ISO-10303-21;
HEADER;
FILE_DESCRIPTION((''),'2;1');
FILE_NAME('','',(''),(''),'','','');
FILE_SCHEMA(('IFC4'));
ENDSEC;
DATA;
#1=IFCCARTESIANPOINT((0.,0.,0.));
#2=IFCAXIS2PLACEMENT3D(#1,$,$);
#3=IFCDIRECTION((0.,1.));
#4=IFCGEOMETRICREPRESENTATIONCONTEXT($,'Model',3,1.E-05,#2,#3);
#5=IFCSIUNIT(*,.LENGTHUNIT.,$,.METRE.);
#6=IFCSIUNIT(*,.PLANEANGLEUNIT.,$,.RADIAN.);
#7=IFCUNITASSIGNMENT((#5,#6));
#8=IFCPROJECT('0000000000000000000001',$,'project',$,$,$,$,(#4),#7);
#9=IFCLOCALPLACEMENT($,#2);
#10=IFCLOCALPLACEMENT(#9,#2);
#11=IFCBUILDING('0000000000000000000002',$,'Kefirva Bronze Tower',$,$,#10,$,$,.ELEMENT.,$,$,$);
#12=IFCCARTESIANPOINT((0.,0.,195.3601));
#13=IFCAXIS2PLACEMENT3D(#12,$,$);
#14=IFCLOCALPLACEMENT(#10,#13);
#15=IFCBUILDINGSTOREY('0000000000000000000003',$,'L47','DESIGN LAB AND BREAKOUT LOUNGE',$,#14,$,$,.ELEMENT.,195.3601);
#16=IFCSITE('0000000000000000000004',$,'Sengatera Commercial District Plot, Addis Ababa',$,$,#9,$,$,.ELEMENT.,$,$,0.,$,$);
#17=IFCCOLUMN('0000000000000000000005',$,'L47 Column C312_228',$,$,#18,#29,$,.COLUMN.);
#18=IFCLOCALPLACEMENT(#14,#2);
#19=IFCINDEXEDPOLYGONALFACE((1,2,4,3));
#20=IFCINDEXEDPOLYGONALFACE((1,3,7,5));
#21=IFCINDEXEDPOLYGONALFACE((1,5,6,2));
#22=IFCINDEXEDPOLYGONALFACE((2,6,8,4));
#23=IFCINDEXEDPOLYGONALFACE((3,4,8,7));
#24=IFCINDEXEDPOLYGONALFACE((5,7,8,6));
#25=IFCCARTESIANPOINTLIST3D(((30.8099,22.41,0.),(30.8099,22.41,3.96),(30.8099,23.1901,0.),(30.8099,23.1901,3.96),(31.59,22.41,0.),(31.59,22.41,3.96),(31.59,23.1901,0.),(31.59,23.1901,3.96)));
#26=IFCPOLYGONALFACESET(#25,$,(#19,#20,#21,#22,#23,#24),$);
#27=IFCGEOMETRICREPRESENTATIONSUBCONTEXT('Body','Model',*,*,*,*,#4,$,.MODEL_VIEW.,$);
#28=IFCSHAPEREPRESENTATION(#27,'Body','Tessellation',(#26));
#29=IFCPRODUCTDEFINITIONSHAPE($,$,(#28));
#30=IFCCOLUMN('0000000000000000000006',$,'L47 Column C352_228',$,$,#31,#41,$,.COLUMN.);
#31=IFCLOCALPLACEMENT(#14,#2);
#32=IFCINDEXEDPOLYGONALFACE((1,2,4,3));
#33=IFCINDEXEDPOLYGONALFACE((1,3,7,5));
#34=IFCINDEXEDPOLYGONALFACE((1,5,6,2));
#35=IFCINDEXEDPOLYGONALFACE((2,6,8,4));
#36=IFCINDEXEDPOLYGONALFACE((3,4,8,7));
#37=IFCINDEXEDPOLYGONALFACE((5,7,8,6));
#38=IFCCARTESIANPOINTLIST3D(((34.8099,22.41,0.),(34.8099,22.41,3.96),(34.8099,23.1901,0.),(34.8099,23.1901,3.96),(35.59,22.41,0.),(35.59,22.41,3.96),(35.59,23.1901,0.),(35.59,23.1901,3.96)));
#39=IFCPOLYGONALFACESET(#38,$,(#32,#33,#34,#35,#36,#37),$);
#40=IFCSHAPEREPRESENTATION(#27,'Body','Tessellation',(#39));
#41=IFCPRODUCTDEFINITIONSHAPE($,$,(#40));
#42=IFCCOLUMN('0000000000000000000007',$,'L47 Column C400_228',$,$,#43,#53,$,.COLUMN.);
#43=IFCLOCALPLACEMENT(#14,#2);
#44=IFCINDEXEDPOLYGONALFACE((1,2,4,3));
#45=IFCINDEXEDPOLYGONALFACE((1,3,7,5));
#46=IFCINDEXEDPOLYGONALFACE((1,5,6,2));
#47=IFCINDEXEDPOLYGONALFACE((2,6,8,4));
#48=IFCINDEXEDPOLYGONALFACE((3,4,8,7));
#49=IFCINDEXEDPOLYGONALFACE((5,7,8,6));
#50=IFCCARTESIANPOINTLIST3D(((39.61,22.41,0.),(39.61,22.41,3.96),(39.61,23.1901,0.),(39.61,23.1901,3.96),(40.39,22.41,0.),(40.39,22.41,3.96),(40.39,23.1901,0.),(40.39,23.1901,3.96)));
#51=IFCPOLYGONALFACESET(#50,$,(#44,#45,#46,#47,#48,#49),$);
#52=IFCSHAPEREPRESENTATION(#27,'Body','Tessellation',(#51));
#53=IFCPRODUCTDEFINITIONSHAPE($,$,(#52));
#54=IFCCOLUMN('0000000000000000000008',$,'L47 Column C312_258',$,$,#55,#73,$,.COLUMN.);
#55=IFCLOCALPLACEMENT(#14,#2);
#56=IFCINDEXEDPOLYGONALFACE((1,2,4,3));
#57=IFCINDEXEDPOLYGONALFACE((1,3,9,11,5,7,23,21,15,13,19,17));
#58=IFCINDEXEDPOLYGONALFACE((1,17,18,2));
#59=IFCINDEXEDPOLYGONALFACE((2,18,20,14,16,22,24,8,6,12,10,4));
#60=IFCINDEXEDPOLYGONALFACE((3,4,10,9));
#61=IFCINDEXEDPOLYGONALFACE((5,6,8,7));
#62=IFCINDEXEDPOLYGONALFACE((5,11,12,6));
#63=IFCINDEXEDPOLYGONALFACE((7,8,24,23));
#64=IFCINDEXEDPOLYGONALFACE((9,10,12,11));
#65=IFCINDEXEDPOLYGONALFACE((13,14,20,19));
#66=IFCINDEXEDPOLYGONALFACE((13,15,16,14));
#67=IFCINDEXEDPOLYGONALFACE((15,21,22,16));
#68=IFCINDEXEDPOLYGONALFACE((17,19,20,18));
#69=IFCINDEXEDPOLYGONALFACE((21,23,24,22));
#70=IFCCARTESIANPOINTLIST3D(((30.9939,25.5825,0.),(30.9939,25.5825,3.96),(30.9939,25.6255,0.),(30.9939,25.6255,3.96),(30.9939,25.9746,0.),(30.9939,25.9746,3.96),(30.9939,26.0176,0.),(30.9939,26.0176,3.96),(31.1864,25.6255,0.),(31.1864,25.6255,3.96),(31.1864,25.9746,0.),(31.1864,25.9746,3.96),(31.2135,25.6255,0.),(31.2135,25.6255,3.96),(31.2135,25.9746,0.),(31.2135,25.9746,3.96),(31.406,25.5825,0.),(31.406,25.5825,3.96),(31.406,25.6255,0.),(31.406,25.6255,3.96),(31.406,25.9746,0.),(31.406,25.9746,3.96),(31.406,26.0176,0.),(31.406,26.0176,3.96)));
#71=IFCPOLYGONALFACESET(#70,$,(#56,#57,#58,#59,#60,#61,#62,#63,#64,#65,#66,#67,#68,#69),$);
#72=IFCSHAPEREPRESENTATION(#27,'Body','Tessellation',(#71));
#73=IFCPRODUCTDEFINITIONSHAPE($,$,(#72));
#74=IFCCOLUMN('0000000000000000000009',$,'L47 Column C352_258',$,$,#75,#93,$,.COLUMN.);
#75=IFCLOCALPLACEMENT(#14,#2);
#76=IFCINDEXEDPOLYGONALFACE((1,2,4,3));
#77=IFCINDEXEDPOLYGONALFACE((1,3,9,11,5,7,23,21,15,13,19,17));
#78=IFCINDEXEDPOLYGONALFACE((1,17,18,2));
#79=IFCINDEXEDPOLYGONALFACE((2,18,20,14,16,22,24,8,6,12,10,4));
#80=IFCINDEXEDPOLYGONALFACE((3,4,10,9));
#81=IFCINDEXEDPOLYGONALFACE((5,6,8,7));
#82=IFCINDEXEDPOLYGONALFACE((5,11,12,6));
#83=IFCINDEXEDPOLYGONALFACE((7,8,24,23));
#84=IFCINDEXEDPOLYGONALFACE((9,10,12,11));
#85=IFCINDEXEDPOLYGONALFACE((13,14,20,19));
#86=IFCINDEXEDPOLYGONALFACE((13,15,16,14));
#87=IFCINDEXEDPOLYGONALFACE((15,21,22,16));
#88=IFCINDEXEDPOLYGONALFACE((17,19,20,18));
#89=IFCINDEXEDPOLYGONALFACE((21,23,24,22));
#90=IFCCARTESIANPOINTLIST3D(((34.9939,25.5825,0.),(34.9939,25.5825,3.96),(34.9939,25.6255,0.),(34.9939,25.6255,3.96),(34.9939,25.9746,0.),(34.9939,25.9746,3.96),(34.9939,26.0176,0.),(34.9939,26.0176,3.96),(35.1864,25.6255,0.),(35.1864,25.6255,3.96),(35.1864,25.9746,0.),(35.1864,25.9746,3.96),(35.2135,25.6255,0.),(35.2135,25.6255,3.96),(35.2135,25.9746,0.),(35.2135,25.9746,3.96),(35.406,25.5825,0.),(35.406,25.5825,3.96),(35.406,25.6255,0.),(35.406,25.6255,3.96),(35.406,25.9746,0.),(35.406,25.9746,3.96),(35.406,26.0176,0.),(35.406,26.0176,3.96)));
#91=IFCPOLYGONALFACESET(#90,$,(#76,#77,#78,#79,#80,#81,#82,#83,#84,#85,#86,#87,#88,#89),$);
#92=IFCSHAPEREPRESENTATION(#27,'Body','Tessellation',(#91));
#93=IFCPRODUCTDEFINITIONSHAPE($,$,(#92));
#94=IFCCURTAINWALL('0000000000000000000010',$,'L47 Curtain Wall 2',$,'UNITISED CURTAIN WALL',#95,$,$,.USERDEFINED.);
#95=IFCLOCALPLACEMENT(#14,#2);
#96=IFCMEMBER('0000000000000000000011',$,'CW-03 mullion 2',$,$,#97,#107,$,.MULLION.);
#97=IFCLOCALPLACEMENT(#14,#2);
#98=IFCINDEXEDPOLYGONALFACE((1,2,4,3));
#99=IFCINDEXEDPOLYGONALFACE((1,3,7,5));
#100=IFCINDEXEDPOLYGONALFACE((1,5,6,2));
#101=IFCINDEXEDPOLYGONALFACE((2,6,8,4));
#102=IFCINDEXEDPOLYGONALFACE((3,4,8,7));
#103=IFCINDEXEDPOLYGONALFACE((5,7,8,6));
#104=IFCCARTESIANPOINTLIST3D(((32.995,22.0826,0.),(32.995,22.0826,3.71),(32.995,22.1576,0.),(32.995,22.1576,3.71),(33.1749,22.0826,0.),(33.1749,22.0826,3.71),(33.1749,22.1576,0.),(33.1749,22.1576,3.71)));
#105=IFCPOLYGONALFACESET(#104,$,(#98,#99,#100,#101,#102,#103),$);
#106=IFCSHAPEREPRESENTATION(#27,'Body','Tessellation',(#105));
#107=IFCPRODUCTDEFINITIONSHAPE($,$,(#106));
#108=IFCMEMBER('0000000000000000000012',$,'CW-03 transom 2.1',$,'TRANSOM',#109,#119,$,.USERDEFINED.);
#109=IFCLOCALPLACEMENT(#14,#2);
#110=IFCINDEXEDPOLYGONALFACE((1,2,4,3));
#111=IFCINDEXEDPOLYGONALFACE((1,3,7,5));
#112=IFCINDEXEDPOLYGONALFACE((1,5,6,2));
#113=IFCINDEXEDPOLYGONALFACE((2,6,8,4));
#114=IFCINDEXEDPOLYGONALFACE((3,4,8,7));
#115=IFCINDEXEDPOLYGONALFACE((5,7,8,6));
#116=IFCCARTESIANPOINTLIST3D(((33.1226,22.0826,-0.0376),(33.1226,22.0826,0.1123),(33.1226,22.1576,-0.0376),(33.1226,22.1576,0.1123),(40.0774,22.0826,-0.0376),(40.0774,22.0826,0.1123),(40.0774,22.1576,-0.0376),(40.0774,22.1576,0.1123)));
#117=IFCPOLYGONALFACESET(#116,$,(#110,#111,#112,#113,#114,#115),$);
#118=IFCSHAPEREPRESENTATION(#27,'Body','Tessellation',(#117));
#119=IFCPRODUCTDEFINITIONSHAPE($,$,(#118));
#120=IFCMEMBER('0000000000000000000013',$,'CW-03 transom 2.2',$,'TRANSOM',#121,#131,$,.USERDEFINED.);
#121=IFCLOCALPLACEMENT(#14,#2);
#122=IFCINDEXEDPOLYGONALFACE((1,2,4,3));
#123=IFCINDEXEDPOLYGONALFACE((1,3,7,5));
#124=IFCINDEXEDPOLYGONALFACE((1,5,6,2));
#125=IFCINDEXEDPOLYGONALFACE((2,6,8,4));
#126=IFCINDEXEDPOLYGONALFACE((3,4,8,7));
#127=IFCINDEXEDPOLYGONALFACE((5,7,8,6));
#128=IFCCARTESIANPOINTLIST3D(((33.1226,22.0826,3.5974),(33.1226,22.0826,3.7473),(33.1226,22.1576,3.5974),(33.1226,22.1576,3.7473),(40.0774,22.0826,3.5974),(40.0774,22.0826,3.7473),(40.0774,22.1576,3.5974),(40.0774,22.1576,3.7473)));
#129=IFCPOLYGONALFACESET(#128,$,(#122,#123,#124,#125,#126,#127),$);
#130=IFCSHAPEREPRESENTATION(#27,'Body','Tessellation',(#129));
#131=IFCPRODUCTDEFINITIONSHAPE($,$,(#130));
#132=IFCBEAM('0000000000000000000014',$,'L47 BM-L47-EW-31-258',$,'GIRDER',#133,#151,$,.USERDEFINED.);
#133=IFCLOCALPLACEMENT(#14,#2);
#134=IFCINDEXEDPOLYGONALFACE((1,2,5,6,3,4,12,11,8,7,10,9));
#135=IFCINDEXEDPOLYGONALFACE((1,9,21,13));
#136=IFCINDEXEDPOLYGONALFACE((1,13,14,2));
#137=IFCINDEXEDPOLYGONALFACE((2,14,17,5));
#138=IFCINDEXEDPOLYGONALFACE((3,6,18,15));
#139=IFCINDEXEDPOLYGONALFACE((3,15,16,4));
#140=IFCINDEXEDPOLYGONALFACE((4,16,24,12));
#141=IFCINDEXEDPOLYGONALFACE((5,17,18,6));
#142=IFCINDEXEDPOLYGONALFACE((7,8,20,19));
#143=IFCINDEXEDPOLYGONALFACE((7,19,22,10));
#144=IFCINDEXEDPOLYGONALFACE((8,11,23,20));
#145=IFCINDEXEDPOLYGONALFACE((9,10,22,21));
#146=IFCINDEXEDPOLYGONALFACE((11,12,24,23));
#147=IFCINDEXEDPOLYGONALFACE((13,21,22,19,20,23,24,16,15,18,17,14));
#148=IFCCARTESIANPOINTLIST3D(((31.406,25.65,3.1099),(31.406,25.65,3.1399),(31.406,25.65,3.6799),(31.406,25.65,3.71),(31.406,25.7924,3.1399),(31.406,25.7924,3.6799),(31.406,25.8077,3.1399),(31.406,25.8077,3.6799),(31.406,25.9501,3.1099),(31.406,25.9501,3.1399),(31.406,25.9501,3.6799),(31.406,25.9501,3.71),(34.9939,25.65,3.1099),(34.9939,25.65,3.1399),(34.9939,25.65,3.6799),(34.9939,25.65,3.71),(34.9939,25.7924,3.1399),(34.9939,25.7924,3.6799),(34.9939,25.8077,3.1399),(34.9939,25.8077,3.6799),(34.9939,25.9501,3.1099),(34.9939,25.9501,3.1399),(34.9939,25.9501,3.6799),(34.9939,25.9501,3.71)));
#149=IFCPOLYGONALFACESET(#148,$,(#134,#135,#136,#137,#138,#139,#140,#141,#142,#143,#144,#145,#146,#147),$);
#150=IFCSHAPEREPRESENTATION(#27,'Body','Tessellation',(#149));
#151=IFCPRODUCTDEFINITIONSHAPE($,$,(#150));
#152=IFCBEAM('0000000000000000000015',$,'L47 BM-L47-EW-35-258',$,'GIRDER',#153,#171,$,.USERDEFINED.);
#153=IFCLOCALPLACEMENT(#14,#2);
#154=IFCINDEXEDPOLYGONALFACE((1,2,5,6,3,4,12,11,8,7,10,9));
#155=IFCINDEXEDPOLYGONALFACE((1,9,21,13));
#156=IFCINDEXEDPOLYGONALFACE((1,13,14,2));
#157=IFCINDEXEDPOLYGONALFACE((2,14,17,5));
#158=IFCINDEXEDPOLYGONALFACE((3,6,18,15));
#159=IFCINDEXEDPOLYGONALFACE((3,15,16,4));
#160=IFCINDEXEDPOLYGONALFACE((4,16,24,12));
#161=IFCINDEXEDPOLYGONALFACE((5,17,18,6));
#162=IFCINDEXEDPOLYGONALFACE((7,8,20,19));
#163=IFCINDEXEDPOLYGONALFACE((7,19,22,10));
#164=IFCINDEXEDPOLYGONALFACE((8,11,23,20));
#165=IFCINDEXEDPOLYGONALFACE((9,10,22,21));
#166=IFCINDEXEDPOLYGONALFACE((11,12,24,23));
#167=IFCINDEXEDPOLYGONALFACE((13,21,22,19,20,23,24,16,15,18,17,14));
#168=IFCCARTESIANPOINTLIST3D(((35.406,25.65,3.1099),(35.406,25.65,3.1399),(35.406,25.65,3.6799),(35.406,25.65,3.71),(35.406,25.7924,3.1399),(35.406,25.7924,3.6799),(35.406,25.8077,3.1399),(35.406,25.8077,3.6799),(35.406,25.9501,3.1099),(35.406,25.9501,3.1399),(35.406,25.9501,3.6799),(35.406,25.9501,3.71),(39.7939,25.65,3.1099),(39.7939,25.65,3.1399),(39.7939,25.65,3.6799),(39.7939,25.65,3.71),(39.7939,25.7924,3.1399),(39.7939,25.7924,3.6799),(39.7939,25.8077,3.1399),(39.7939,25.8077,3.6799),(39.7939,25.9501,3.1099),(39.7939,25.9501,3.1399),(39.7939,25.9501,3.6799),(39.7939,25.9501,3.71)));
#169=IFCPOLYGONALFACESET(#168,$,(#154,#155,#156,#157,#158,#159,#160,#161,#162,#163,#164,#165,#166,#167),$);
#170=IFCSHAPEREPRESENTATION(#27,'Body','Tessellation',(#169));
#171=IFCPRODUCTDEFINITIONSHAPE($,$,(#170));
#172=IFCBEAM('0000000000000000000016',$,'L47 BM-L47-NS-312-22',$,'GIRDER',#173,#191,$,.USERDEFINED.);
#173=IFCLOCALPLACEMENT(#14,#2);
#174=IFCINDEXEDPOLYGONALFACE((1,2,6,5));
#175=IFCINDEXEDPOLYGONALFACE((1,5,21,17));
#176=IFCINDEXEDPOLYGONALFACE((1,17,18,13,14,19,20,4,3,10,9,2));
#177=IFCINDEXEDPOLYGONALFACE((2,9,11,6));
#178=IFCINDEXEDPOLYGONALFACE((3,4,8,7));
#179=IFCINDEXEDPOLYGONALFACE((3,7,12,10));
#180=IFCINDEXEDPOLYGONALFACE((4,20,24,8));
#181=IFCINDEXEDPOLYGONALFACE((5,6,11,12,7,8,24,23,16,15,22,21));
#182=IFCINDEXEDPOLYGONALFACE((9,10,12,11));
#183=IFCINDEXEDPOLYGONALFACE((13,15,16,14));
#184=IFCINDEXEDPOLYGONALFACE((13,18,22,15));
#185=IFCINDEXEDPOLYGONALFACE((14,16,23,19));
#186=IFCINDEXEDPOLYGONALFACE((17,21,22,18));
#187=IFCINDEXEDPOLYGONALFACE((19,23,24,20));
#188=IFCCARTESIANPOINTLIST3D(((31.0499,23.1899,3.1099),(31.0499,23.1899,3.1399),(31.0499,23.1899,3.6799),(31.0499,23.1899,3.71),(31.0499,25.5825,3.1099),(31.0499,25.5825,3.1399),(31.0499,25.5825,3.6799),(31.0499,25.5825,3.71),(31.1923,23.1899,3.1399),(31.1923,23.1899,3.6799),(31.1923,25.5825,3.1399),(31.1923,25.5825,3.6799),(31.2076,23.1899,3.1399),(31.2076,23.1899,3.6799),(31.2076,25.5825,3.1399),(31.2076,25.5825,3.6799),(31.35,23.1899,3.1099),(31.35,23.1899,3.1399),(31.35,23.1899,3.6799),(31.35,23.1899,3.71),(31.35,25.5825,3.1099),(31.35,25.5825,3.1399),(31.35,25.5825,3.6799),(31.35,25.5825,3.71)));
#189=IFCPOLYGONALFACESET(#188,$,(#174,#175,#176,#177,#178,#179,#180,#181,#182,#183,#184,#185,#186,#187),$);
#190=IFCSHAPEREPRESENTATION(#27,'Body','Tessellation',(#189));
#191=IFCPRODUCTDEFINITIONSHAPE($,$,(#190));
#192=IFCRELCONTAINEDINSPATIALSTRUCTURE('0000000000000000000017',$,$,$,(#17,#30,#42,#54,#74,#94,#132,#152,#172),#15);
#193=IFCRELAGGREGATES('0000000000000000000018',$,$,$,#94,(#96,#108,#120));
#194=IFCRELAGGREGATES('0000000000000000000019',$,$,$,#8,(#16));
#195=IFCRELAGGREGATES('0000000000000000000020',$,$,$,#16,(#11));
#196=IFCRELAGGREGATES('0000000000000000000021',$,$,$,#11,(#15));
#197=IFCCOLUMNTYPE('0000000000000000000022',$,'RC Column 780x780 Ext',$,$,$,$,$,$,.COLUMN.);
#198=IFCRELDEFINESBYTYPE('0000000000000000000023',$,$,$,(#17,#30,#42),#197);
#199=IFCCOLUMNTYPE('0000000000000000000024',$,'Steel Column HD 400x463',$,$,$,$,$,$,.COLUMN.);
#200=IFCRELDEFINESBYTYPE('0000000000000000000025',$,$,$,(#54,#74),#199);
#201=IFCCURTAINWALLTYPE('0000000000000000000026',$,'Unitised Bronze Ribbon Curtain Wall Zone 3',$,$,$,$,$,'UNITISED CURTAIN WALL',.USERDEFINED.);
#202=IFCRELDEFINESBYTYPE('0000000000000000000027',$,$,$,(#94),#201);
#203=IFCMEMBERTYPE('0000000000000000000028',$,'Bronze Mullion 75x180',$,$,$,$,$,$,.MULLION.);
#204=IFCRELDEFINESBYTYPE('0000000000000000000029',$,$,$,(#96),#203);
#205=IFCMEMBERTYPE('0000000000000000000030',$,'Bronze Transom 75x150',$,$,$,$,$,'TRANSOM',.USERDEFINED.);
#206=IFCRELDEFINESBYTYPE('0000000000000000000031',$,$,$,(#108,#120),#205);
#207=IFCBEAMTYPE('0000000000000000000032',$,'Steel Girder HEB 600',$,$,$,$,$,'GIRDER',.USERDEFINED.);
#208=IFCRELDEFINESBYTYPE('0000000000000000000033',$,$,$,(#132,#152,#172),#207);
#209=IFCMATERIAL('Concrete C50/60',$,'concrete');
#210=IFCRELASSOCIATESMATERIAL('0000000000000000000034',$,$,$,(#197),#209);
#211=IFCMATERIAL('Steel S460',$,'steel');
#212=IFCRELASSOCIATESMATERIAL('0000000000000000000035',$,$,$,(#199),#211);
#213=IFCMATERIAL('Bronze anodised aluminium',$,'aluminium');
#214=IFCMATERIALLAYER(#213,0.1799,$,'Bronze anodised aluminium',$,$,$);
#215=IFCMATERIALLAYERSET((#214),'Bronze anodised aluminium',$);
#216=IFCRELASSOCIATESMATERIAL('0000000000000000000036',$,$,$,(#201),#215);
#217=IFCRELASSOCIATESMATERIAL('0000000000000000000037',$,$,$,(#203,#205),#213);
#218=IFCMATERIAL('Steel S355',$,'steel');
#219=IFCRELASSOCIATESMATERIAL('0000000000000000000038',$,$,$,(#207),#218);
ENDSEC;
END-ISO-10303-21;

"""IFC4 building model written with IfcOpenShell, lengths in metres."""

from ifc_helpers import new_model, si_unit, direction, frame, origin, origin_2d, place, context, subcontext, project, spatial, rectangle, i_section, extrude, material, layer, layer_set, material_profile, profile_set, type_object, element, aggregate, save


model = new_model("IFC4")

# Units and contexts
model_context = context("Model", 3, precision=1e-05, world=origin(), true_north=direction((0.0, 1.0)))
body_context = subcontext(model_context, "Body", "Model", "MODEL_VIEW")
ifc_project = project(units=[si_unit("LENGTHUNIT", "METRE"), si_unit("PLANEANGLEUNIT", "RADIAN")], contexts=[model_context])

# Site, building, storey
site_placement = place(None, origin())
site = spatial("IfcSite", under=ifc_project, at=site_placement, Name="Sengatera Commercial District Plot, Addis Ababa", CompositionType="ELEMENT", RefElevation=0.0)
building_placement = place(site_placement, origin())
building = spatial("IfcBuilding", under=site, at=building_placement, Name="Kefirva Bronze Tower", CompositionType="ELEMENT")
storey_placement = place(building_placement, frame((0.0, 0.0, 195.3601)))
storey = spatial("IfcBuildingStorey", under=building, at=storey_placement, Name="L47", Description="DESIGN LAB AND BREAKOUT LOUNGE", CompositionType="ELEMENT", Elevation=195.3601)

# Columns
ifc_material_1 = material(Name="Concrete C50/60", Category="concrete")
ifc_material_profile_1 = material_profile(ifc_material_1, rectangle(XDim=0.78, YDim=0.78, at=origin_2d()), Name="RC 780x780")
ifc_profile_set_1 = profile_set([ifc_material_profile_1], Name="Concrete C50/60")
column_type_1 = type_object("IfcColumnType", Name="RC Column 780x780 Ext", PredefinedType="COLUMN", material=ifc_profile_set_1)
for number, where, z_axis, x_axis, name in (
    (1, (31.2, 22.8, 0.0), (0.0, 0.0, 1.0), (1.0, 0.0, 0.0), "L47 Column C312_228"),
    (2, (35.2, 22.8, 0.0), (0.0, 0.0, 1.0), (1.0, 0.0, 0.0), "L47 Column C352_228"),
    (3, (40.0, 22.8, 0.0), (0.0, 0.0, 1.0), (1.0, 0.0, 0.0), "L47 Column C400_228"),
):
    element("IfcColumn", number, at=place(storey_placement, frame(where, z_axis=z_axis, x_axis=x_axis)), inside=storey, type_object=column_type_1, Name=name, PredefinedType="COLUMN", context=body_context, shape_type="SweptSolid", body=[
        extrude(rectangle(XDim=0.78, YDim=0.78, at=origin_2d()), origin(), (0.0, 0.0, 1.0), 3.96),
    ])
ifc_material_2 = material(Name="Steel S460", Category="steel")
ifc_material_profile_2 = material_profile(ifc_material_2, i_section(OverallWidth=0.4121, OverallDepth=0.4351, WebThickness=0.0271, FlangeThickness=0.043, at=origin_2d()), Name="HD 400x463")
ifc_profile_set_2 = profile_set([ifc_material_profile_2], Name="Steel S460")
column_type_2 = type_object("IfcColumnType", Name="Steel Column HD 400x463", PredefinedType="COLUMN", material=ifc_profile_set_2)
for number, where, z_axis, x_axis, name in (
    (4, (31.2, 25.8, 0.0), (0.0, 0.0, 1.0), (1.0, 0.0, 0.0), "L47 Column C312_258"),
    (5, (35.2, 25.8, 0.0), (0.0, 0.0, 1.0), (1.0, 0.0, 0.0), "L47 Column C352_258"),
):
    element("IfcColumn", number, at=place(storey_placement, frame(where, z_axis=z_axis, x_axis=x_axis)), inside=storey, type_object=column_type_2, Name=name, PredefinedType="COLUMN", context=body_context, shape_type="SweptSolid", body=[
        extrude(i_section(OverallWidth=0.4121, OverallDepth=0.4351, WebThickness=0.0271, FlangeThickness=0.043, at=origin_2d()), origin(), (0.0, 0.0, 1.0), 3.96),
    ])

# Curtain wall, members
ifc_material_3 = material(Name="Bronze anodised aluminium", Category="aluminium")
ifc_layer_1 = layer(ifc_material_3, 0.1799, Name="Bronze anodised aluminium")
ifc_layer_set_1 = layer_set([ifc_layer_1], Name="Bronze anodised aluminium")
curtain_wall_type = type_object("IfcCurtainWallType", Name="Unitised Bronze Ribbon Curtain Wall Zone 3", ElementType="UNITISED CURTAIN WALL", PredefinedType="USERDEFINED", material=ifc_layer_set_1)
curtain_wall_placement = place(storey_placement, origin())
curtain_wall = element("IfcCurtainWall", 6, at=curtain_wall_placement, inside=storey, type_object=curtain_wall_type, Name="L47 Curtain Wall 2", ObjectType="UNITISED CURTAIN WALL", PredefinedType="USERDEFINED")
ifc_material_profile_3 = material_profile(ifc_material_3, rectangle(XDim=0.075, YDim=0.1799, at=origin_2d()), Name="ALU 75x180")
ifc_profile_set_3 = profile_set([ifc_material_profile_3], Name="Bronze anodised aluminium")
member_type_1 = type_object("IfcMemberType", Name="Bronze Mullion 75x180", PredefinedType="MULLION", material=ifc_profile_set_3)
member_1_placement = place(storey_placement, frame((33.085, 22.1201, 0.0), z_axis=(0.0, 0.0, 1.0), x_axis=(0.0, 1.0, 0.0)))
member_1 = element("IfcMember", 7, at=member_1_placement, type_object=member_type_1, Name="CW-03 mullion 2", PredefinedType="MULLION", context=body_context, shape_type="SweptSolid", body=[
    extrude(rectangle(XDim=0.075, YDim=0.1799, at=origin_2d()), origin(), (0.0, 0.0, 1.0), 3.71),
])
ifc_material_profile_4 = material_profile(ifc_material_3, rectangle(XDim=0.075, YDim=0.1499, at=origin_2d()), Name="ALU 75x150")
ifc_profile_set_4 = profile_set([ifc_material_profile_4], Name="Bronze anodised aluminium")
member_type_2 = type_object("IfcMemberType", Name="Bronze Transom 75x150", ElementType="TRANSOM", PredefinedType="USERDEFINED", material=ifc_profile_set_4)
member_2_placement = place(storey_placement, frame((33.1226, 22.1201, 0.0374), z_axis=(1.0, 0.0, 0.0), x_axis=(0.0, 1.0, 0.0)))
member_2 = element("IfcMember", 8, at=member_2_placement, type_object=member_type_2, Name="CW-03 transom 2.1", ObjectType="TRANSOM", PredefinedType="USERDEFINED", context=body_context, shape_type="SweptSolid", body=[
    extrude(rectangle(XDim=0.075, YDim=0.1499, at=origin_2d()), origin(), (0.0, 0.0, 1.0), 6.9548),
])
member_3_placement = place(storey_placement, frame((33.1226, 22.1201, 3.6724), z_axis=(1.0, 0.0, 0.0), x_axis=(0.0, 1.0, 0.0)))
member_3 = element("IfcMember", 9, at=member_3_placement, type_object=member_type_2, Name="CW-03 transom 2.2", ObjectType="TRANSOM", PredefinedType="USERDEFINED", context=body_context, shape_type="SweptSolid", body=[
    extrude(rectangle(XDim=0.075, YDim=0.1499, at=origin_2d()), origin(), (0.0, 0.0, 1.0), 6.9548),
])

# Beams
ifc_material_4 = material(Name="Steel S355", Category="steel")
ifc_material_profile_5 = material_profile(ifc_material_4, i_section(OverallWidth=0.3, OverallDepth=0.6001, WebThickness=0.0154, FlangeThickness=0.03, at=origin_2d()), Name="HEB 600")
ifc_profile_set_5 = profile_set([ifc_material_profile_5], Name="Steel S355")
beam_type_1 = type_object("IfcBeamType", Name="Steel Girder HEB 600", ElementType="GIRDER", PredefinedType="USERDEFINED", material=ifc_profile_set_5)
beam_1_placement = place(storey_placement, frame((31.406, 25.8, 3.4099), z_axis=(1.0, 0.0, 0.0), x_axis=(0.0, 1.0, 0.0)))
element("IfcBeam", 10, at=beam_1_placement, inside=storey, type_object=beam_type_1, Name="L47 BM-L47-EW-31-258", ObjectType="GIRDER", PredefinedType="USERDEFINED", context=body_context, shape_type="SweptSolid", body=[
    extrude(i_section(OverallWidth=0.3, OverallDepth=0.6001, WebThickness=0.0154, FlangeThickness=0.03, at=origin_2d()), origin(), (0.0, 0.0, 1.0), 3.5879),
])
beam_2_placement = place(storey_placement, frame((35.406, 25.8, 3.4099), z_axis=(1.0, 0.0, 0.0), x_axis=(0.0, 1.0, 0.0)))
element("IfcBeam", 11, at=beam_2_placement, inside=storey, type_object=beam_type_1, Name="L47 BM-L47-EW-35-258", ObjectType="GIRDER", PredefinedType="USERDEFINED", context=body_context, shape_type="SweptSolid", body=[
    extrude(i_section(OverallWidth=0.3, OverallDepth=0.6001, WebThickness=0.0154, FlangeThickness=0.03, at=origin_2d()), origin(), (0.0, 0.0, 1.0), 4.3879),
])
beam_3_placement = place(storey_placement, frame((31.2, 23.1899, 3.4099), z_axis=(0.0, 1.0, 0.0), x_axis=(-1.0, 0.0, 0.0)))
element("IfcBeam", 12, at=beam_3_placement, inside=storey, type_object=beam_type_1, Name="L47 BM-L47-NS-312-22", ObjectType="GIRDER", PredefinedType="USERDEFINED", context=body_context, shape_type="SweptSolid", body=[
    extrude(i_section(OverallWidth=0.3, OverallDepth=0.6001, WebThickness=0.0154, FlangeThickness=0.03, at=origin_2d()), origin(), (0.0, 0.0, 1.0), 2.3926),
])

aggregate(curtain_wall, [member_1, member_2, member_3])

save(model, "model.ifc")
